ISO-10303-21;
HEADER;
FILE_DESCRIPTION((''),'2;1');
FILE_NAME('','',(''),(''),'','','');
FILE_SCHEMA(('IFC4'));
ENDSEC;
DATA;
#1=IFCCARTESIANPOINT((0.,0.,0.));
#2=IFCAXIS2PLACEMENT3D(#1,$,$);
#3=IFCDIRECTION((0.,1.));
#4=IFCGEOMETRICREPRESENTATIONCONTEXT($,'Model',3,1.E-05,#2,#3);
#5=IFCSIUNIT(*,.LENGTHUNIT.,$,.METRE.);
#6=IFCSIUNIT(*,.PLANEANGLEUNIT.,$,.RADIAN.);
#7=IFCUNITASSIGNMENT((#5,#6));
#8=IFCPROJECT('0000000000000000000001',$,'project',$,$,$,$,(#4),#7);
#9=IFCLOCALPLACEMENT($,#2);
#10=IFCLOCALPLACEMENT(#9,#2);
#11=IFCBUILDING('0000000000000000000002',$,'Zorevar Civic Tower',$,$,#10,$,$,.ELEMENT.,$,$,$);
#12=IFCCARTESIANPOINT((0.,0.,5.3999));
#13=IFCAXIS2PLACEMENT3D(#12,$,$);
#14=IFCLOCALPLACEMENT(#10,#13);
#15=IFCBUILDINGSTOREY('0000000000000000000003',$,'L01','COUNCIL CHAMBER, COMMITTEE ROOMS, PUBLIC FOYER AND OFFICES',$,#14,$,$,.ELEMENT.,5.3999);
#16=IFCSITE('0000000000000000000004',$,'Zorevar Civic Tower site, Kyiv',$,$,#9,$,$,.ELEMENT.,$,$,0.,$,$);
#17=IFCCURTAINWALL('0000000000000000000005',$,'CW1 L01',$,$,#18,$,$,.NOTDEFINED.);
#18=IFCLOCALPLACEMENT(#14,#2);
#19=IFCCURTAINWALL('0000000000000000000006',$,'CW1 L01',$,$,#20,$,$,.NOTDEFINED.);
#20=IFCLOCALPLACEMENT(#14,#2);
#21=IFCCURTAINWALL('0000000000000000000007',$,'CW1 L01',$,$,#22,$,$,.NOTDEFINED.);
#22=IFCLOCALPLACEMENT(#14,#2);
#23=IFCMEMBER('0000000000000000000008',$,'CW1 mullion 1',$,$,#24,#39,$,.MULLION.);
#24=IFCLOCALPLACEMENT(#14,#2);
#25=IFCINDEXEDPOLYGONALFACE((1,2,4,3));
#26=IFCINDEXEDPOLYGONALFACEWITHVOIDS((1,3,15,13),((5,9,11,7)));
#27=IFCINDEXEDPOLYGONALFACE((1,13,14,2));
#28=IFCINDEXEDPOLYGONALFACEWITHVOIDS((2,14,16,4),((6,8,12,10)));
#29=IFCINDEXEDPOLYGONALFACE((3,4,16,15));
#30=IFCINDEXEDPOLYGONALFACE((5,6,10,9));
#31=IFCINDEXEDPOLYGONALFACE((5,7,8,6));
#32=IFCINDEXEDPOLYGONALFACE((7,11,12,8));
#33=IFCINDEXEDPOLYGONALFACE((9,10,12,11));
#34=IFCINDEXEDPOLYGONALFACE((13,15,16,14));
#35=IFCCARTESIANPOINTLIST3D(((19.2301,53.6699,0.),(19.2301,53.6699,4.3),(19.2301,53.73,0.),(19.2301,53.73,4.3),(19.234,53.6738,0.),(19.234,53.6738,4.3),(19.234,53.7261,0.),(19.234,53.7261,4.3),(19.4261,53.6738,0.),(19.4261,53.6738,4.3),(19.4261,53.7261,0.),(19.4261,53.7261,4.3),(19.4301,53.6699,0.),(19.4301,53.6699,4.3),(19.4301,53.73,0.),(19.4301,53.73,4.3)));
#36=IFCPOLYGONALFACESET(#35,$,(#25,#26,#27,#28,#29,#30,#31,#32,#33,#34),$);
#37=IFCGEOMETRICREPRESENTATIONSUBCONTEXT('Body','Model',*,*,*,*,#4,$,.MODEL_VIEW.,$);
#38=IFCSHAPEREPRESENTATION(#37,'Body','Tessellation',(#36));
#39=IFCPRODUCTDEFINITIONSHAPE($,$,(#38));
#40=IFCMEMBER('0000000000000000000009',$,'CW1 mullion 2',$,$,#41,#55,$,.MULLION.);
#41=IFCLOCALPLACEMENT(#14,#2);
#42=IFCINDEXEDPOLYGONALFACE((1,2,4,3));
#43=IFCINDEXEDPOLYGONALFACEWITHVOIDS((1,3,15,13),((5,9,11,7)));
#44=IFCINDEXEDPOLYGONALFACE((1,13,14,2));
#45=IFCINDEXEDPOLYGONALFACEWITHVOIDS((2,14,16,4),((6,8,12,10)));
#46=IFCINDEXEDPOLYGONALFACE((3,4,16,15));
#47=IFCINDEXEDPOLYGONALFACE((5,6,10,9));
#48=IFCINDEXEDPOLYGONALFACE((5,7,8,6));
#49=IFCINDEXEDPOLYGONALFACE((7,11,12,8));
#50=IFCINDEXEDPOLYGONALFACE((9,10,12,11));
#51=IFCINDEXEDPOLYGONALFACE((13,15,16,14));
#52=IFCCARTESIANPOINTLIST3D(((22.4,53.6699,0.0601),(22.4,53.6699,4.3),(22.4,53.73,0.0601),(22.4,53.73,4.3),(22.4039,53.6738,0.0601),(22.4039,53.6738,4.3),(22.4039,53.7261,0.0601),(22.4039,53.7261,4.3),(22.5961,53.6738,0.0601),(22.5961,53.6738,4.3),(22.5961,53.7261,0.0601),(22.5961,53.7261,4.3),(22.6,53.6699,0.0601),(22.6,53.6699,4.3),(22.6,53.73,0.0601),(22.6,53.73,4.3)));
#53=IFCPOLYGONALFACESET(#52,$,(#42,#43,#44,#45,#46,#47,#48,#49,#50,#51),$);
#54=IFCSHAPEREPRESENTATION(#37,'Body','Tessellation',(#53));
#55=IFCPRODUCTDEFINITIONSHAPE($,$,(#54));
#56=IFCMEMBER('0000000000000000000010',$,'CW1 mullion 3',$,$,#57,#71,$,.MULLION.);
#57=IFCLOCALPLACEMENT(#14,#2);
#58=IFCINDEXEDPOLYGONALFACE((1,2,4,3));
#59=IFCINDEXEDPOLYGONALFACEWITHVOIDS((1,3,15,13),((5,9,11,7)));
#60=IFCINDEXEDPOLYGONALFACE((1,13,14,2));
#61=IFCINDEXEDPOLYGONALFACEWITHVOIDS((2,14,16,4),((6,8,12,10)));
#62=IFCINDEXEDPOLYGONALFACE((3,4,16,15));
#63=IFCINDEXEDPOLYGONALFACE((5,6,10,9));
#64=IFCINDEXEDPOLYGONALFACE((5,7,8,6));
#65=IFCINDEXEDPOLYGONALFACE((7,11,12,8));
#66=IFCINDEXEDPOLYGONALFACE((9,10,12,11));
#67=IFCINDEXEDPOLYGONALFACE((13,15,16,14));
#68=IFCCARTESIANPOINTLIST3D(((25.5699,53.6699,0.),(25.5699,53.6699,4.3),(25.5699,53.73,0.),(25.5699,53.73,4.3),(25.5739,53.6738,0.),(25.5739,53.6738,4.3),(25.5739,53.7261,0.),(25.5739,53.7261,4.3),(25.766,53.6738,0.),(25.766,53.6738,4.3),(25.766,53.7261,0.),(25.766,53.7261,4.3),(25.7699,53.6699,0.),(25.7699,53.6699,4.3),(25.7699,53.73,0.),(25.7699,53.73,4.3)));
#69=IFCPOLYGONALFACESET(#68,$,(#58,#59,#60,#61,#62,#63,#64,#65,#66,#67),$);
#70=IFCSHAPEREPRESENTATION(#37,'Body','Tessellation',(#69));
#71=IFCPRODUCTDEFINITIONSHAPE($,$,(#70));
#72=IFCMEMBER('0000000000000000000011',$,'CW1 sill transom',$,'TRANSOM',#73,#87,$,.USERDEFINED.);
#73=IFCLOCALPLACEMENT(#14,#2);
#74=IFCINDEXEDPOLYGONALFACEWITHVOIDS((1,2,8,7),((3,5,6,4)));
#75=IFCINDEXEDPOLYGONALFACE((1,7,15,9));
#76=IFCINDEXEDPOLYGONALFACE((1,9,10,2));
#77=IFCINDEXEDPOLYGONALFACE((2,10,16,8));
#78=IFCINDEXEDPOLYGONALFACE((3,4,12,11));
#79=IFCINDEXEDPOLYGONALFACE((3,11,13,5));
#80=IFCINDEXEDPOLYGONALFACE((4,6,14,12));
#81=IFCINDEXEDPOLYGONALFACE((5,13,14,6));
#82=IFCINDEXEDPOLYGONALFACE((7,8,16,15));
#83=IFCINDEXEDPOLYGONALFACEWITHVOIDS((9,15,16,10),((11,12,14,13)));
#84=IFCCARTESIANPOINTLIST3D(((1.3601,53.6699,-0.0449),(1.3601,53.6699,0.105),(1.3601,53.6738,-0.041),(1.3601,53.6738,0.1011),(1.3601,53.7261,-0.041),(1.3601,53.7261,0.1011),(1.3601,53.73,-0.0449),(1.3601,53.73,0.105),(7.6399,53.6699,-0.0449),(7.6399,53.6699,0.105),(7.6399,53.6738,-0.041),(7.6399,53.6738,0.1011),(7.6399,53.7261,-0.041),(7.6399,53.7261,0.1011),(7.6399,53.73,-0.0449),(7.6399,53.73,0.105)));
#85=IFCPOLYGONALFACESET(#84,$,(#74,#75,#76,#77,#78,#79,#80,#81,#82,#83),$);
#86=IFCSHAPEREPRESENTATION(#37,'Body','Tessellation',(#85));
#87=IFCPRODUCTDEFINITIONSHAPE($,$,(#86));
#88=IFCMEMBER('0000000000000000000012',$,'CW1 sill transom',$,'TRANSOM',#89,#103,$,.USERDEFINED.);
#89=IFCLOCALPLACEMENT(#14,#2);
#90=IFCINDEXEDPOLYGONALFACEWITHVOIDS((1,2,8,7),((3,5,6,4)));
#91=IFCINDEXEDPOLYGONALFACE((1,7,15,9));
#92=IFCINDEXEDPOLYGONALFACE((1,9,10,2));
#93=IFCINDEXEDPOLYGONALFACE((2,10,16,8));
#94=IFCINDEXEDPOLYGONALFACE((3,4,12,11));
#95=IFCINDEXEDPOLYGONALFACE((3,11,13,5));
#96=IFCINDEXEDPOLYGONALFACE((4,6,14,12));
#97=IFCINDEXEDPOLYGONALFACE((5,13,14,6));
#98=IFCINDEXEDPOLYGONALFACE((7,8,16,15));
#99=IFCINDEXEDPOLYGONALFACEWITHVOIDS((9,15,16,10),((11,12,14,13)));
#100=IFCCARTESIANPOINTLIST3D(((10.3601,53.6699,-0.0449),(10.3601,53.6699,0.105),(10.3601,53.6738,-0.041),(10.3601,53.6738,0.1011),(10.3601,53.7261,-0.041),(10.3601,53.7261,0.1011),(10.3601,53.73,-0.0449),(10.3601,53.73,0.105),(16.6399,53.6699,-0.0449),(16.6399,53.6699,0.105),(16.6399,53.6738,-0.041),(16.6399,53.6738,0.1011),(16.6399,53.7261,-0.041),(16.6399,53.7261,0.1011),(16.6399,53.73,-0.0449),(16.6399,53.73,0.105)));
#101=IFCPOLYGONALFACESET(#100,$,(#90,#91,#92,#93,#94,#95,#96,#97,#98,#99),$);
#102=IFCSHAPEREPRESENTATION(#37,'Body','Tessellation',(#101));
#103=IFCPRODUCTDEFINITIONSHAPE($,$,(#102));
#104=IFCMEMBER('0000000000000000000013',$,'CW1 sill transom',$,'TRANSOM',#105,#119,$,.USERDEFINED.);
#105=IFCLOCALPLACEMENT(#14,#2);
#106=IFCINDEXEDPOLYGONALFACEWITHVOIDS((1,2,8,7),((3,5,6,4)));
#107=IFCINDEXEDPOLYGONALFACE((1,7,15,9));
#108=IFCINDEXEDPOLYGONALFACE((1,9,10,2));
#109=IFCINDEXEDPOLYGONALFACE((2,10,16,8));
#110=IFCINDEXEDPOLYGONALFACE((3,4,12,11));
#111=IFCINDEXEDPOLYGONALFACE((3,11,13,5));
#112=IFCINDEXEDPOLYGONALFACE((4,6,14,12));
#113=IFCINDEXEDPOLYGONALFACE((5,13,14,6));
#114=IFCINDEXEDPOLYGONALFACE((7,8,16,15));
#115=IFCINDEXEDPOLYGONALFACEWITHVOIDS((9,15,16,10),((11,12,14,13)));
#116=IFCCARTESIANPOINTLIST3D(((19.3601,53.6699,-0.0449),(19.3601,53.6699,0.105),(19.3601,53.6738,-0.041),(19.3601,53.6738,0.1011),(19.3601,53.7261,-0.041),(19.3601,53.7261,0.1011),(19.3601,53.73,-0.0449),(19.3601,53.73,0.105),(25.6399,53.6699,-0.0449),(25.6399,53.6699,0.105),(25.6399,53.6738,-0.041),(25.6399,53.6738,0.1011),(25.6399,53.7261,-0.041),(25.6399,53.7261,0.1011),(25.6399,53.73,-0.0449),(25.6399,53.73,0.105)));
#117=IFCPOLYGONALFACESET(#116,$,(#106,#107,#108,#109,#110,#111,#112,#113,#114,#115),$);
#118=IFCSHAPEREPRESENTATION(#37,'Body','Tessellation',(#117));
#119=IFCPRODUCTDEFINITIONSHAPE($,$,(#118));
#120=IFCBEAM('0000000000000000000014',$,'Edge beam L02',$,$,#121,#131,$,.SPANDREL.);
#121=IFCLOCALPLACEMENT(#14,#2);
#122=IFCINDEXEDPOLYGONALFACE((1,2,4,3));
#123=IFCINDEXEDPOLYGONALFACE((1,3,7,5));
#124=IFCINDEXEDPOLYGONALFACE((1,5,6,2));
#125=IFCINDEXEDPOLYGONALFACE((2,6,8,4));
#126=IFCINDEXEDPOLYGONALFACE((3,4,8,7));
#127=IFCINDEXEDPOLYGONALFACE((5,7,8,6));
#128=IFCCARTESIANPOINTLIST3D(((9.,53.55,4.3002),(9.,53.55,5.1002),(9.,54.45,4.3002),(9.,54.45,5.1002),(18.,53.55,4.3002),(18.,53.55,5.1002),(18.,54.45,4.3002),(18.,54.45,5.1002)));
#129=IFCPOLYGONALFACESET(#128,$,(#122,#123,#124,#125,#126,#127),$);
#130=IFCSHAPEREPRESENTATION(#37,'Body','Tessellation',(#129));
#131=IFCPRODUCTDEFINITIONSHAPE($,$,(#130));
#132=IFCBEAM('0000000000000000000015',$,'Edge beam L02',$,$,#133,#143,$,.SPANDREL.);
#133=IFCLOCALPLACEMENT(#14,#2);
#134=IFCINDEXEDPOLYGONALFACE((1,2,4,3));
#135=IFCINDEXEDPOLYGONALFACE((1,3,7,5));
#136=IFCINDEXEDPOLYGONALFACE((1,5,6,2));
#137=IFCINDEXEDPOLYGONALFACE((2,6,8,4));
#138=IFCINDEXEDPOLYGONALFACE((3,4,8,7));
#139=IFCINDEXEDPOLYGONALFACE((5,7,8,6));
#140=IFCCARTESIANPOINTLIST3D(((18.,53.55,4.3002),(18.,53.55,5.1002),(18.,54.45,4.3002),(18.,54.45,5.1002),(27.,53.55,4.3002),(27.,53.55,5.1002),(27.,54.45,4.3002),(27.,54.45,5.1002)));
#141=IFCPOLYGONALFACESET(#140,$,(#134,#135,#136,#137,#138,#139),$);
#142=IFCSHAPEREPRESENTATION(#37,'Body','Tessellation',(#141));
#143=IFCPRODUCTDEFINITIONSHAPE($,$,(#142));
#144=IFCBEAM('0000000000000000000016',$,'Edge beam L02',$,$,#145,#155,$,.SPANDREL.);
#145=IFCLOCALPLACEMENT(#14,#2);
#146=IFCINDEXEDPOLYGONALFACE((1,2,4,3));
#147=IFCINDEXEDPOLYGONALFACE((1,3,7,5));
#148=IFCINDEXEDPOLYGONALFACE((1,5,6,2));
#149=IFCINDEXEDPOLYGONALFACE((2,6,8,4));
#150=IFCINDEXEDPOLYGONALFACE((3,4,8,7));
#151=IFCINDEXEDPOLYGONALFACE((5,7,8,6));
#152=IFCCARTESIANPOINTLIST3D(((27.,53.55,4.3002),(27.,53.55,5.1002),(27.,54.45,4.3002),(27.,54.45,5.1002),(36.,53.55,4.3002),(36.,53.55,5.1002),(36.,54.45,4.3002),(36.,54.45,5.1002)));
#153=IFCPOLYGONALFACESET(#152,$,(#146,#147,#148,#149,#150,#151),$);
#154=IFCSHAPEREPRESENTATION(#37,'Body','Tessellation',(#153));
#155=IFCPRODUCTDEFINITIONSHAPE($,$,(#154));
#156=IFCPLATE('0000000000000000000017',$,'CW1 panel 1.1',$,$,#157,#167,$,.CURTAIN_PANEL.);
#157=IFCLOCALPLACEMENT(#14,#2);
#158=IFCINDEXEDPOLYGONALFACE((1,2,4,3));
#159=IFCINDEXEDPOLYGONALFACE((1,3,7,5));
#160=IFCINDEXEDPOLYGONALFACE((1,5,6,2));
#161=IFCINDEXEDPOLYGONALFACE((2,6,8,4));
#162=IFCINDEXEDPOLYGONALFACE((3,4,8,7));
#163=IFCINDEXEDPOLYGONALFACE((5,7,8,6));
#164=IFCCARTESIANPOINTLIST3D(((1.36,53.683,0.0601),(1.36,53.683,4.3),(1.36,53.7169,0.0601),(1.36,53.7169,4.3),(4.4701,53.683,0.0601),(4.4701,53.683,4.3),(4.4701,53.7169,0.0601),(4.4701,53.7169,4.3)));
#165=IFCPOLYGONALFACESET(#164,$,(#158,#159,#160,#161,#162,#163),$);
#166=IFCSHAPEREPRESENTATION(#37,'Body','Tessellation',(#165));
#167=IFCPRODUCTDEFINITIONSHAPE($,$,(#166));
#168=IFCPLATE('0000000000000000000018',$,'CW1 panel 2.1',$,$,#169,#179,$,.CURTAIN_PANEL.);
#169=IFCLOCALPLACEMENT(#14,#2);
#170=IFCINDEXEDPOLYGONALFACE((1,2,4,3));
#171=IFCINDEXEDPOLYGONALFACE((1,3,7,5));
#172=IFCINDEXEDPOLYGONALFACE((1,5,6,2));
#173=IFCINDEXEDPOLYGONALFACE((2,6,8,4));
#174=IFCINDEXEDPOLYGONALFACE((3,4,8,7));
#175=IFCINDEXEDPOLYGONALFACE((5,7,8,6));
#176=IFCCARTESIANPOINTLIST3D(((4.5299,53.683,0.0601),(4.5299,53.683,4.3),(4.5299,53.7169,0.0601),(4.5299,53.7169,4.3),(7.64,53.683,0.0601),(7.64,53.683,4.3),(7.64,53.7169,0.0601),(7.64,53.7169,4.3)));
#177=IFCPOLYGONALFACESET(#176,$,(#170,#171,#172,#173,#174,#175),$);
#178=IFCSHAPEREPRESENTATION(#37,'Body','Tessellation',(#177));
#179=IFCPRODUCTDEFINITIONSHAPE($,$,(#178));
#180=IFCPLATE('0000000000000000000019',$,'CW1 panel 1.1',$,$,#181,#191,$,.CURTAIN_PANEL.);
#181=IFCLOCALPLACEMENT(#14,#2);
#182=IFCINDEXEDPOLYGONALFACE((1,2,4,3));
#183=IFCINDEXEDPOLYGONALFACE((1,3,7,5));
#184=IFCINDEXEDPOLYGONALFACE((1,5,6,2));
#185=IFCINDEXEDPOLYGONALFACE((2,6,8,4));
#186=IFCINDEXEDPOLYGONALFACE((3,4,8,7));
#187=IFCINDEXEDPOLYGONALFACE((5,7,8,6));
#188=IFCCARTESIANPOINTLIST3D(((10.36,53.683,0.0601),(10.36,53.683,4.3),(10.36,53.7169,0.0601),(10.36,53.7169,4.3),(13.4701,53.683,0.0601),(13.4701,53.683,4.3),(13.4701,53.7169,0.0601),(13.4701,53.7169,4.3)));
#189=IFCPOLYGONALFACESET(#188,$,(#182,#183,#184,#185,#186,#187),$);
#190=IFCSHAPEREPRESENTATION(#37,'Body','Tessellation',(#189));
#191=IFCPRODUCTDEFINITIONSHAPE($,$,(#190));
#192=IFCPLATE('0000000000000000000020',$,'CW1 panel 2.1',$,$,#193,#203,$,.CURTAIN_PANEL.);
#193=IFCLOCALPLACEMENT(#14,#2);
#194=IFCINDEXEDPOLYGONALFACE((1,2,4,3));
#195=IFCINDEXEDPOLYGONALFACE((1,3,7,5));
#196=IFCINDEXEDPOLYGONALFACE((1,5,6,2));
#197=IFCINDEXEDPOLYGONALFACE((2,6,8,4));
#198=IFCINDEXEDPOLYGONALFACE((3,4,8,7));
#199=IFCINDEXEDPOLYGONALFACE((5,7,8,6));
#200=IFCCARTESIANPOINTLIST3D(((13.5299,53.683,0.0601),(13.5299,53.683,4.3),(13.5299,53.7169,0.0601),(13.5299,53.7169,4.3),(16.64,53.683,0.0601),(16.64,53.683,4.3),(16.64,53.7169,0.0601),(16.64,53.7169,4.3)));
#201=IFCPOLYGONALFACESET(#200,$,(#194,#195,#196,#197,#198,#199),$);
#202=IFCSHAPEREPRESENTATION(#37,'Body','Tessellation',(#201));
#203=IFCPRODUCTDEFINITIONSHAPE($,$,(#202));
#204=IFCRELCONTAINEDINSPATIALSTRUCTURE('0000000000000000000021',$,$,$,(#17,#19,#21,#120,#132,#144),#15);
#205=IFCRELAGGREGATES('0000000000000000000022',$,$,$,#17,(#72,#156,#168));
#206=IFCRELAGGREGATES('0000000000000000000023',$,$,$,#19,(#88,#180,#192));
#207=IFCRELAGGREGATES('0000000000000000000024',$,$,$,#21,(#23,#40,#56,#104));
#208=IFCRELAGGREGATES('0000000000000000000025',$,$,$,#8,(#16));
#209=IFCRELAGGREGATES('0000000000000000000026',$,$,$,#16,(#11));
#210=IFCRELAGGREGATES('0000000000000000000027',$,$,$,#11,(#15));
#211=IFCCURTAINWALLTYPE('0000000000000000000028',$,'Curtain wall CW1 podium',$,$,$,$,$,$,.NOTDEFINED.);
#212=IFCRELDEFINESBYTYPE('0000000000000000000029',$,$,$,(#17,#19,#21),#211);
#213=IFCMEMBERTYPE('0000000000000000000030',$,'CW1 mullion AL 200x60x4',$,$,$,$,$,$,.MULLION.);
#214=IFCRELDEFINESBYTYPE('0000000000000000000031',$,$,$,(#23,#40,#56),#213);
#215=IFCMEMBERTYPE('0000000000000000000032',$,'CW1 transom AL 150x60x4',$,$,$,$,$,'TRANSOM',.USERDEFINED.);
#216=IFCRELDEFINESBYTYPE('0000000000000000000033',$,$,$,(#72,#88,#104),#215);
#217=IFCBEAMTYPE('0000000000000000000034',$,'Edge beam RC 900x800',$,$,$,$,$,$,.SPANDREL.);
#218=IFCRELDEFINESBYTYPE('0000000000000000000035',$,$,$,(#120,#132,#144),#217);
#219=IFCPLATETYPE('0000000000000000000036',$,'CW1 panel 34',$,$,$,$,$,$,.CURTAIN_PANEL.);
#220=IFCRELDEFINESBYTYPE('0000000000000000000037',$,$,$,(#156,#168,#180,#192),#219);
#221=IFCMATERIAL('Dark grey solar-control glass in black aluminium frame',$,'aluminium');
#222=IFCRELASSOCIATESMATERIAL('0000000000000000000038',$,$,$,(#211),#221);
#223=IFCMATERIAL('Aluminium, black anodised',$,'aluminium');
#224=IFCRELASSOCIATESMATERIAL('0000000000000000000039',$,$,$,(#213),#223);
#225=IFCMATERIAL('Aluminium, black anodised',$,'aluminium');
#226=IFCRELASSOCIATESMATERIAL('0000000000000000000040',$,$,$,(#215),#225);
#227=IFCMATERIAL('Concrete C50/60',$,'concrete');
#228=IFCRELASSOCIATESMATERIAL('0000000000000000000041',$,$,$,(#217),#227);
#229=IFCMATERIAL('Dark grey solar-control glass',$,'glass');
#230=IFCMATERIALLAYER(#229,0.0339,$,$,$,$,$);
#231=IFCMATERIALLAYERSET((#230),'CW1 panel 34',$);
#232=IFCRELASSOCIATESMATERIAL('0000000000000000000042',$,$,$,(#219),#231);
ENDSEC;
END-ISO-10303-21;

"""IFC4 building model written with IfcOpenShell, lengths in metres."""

from ifc_helpers import new_model, si_unit, direction, frame, origin, origin_2d, place, context, subcontext, project, spatial, rectangle, hollow_rectangle, extrude, material, layer, layer_set, material_profile, profile_set, type_object, element, aggregate, save


model = new_model("IFC4")

# Units and contexts
model_context = context("Model", 3, precision=1e-05, world=origin(), true_north=direction((0.0, 1.0)))
body_context = subcontext(model_context, "Body", "Model", "MODEL_VIEW")
ifc_project = project(units=[si_unit("LENGTHUNIT", "METRE"), si_unit("PLANEANGLEUNIT", "RADIAN")], contexts=[model_context])

# Site, building, storey
site_placement = place(None, origin())
site = spatial("IfcSite", under=ifc_project, at=site_placement, Name="Zorevar Civic Tower site, Kyiv", CompositionType="ELEMENT", RefElevation=0.0)
building_placement = place(site_placement, origin())
building = spatial("IfcBuilding", under=site, at=building_placement, Name="Zorevar Civic Tower", CompositionType="ELEMENT")
storey_placement = place(building_placement, frame((0.0, 0.0, 5.3999)))
storey = spatial("IfcBuildingStorey", under=building, at=storey_placement, Name="L01", Description="COUNCIL CHAMBER, COMMITTEE ROOMS, PUBLIC FOYER AND OFFICES", CompositionType="ELEMENT", Elevation=5.3999)

# Curtain walls, members
ifc_material_1 = material(Name="Dark grey solar-control glass in black aluminium frame", Category="aluminium")
curtain_wall_type = type_object("IfcCurtainWallType", Name="Curtain wall CW1 podium", PredefinedType="NOTDEFINED", material=ifc_material_1)
curtain_wall_1_placement = place(storey_placement, origin())
curtain_wall_1 = element("IfcCurtainWall", 1, at=curtain_wall_1_placement, inside=storey, type_object=curtain_wall_type, Name="CW1 L01", PredefinedType="NOTDEFINED")
ifc_material_2 = material(Name="Aluminium, black anodised", Category="aluminium")
ifc_material_profile_1 = material_profile(ifc_material_2, hollow_rectangle(XDim=0.0601, YDim=0.2, WallThickness=0.0039, at=origin_2d()), Name="AL 200x60x4")
ifc_profile_set_1 = profile_set([ifc_material_profile_1], Name="Aluminium, black anodised")
member_type_1 = type_object("IfcMemberType", Name="CW1 mullion AL 200x60x4", PredefinedType="MULLION", material=ifc_profile_set_1)
curtain_wall_2_placement = place(storey_placement, origin())
curtain_wall_2 = element("IfcCurtainWall", 2, at=curtain_wall_2_placement, inside=storey, type_object=curtain_wall_type, Name="CW1 L01", PredefinedType="NOTDEFINED")
curtain_wall_3_placement = place(storey_placement, origin())
curtain_wall_3 = element("IfcCurtainWall", 3, at=curtain_wall_3_placement, inside=storey, type_object=curtain_wall_type, Name="CW1 L01", PredefinedType="NOTDEFINED")
member_1_placement = place(storey_placement, frame((19.3301, 53.7, 0.0), z_axis=(0.0, 0.0, 1.0), x_axis=(0.0, 1.0, 0.0)))
member_1 = element("IfcMember", 4, at=member_1_placement, type_object=member_type_1, Name="CW1 mullion 1", PredefinedType="MULLION", context=body_context, shape_type="SweptSolid", body=[
    extrude(hollow_rectangle(XDim=0.0601, YDim=0.2, WallThickness=0.0039, at=origin_2d()), origin(), (0.0, 0.0, 1.0), 4.3),
])
member_2_placement = place(storey_placement, frame((22.5, 53.7, 0.0601), z_axis=(0.0, 0.0, 1.0), x_axis=(0.0, 1.0, 0.0)))
member_2 = element("IfcMember", 5, at=member_2_placement, type_object=member_type_1, Name="CW1 mullion 2", PredefinedType="MULLION", context=body_context, shape_type="SweptSolid", body=[
    extrude(hollow_rectangle(XDim=0.0601, YDim=0.2, WallThickness=0.0039, at=origin_2d()), origin(), (0.0, 0.0, 1.0), 4.24),
])
member_3_placement = place(storey_placement, frame((25.6699, 53.7, 0.0), z_axis=(0.0, 0.0, 1.0), x_axis=(0.0, 1.0, 0.0)))
member_3 = element("IfcMember", 6, at=member_3_placement, type_object=member_type_1, Name="CW1 mullion 3", PredefinedType="MULLION", context=body_context, shape_type="SweptSolid", body=[
    extrude(hollow_rectangle(XDim=0.0601, YDim=0.2, WallThickness=0.0039, at=origin_2d()), origin(), (0.0, 0.0, 1.0), 4.3),
])

# Members
ifc_material_3 = material(Name="Aluminium, black anodised", Category="aluminium")
ifc_material_profile_2 = material_profile(ifc_material_3, hollow_rectangle(XDim=0.0601, YDim=0.1499, WallThickness=0.0039, at=origin_2d()), Name="AL 150x60x4")
ifc_profile_set_2 = profile_set([ifc_material_profile_2], Name="Aluminium, black anodised")
member_type_2 = type_object("IfcMemberType", Name="CW1 transom AL 150x60x4", ElementType="TRANSOM", PredefinedType="USERDEFINED", material=ifc_profile_set_2)
member_4_placement = place(storey_placement, frame((1.3601, 53.7, 0.03), z_axis=(1.0, 0.0, 0.0), x_axis=(0.0, 1.0, 0.0)))
member_4 = element("IfcMember", 7, at=member_4_placement, type_object=member_type_2, Name="CW1 sill transom", ObjectType="TRANSOM", PredefinedType="USERDEFINED", context=body_context, shape_type="SweptSolid", body=[
    extrude(hollow_rectangle(XDim=0.0601, YDim=0.1499, WallThickness=0.0039, at=origin_2d()), origin(), (0.0, 0.0, 1.0), 6.2798),
])
member_5_placement = place(storey_placement, frame((10.3601, 53.7, 0.03), z_axis=(1.0, 0.0, 0.0), x_axis=(0.0, 1.0, 0.0)))
member_5 = element("IfcMember", 8, at=member_5_placement, type_object=member_type_2, Name="CW1 sill transom", ObjectType="TRANSOM", PredefinedType="USERDEFINED", context=body_context, shape_type="SweptSolid", body=[
    extrude(hollow_rectangle(XDim=0.0601, YDim=0.1499, WallThickness=0.0039, at=origin_2d()), origin(), (0.0, 0.0, 1.0), 6.2798),
])
member_6_placement = place(storey_placement, frame((19.3601, 53.7, 0.03), z_axis=(1.0, 0.0, 0.0), x_axis=(0.0, 1.0, 0.0)))
member_6 = element("IfcMember", 9, at=member_6_placement, type_object=member_type_2, Name="CW1 sill transom", ObjectType="TRANSOM", PredefinedType="USERDEFINED", context=body_context, shape_type="SweptSolid", body=[
    extrude(hollow_rectangle(XDim=0.0601, YDim=0.1499, WallThickness=0.0039, at=origin_2d()), origin(), (0.0, 0.0, 1.0), 6.2798),
])

# Beams
ifc_material_4 = material(Name="Concrete C50/60", Category="concrete")
ifc_material_profile_3 = material_profile(ifc_material_4, rectangle(XDim=0.8999, YDim=0.8, at=origin_2d()), Name="RC 900x800")
ifc_profile_set_3 = profile_set([ifc_material_profile_3], Name="Concrete C50/60")
beam_type_1 = type_object("IfcBeamType", Name="Edge beam RC 900x800", PredefinedType="SPANDREL", material=ifc_profile_set_3)
for number, where, z_axis, x_axis, name in (
    (10, (9.0, 54.0, 4.7002), (1.0, 0.0, 0.0), (0.0, 1.0, 0.0), "Edge beam L02"),
    (11, (18.0, 54.0, 4.7002), (1.0, 0.0, 0.0), (0.0, 1.0, 0.0), "Edge beam L02"),
    (12, (27.0, 54.0, 4.7002), (1.0, 0.0, 0.0), (0.0, 1.0, 0.0), "Edge beam L02"),
):
    element("IfcBeam", number, at=place(storey_placement, frame(where, z_axis=z_axis, x_axis=x_axis)), inside=storey, type_object=beam_type_1, Name=name, PredefinedType="SPANDREL", context=body_context, shape_type="SweptSolid", body=[
        extrude(rectangle(XDim=0.8999, YDim=0.8, at=origin_2d()), origin(), (0.0, 0.0, 1.0), 9.0),
    ])

# Plates
ifc_material_5 = material(Name="Dark grey solar-control glass", Category="glass")
ifc_layer_1 = layer(ifc_material_5, 0.0339)
ifc_layer_set_1 = layer_set([ifc_layer_1], Name="CW1 panel 34")
plate_type = type_object("IfcPlateType", Name="CW1 panel 34", PredefinedType="CURTAIN_PANEL", material=ifc_layer_set_1)
plate_1_placement = place(storey_placement, frame((2.915, 53.7, 0.0601), z_axis=(0.0, 0.0, 1.0), x_axis=(1.0, 0.0, 0.0)))
plate_1 = element("IfcPlate", 13, at=plate_1_placement, type_object=plate_type, Name="CW1 panel 1.1", PredefinedType="CURTAIN_PANEL", context=body_context, shape_type="SweptSolid", body=[
    extrude(rectangle(XDim=3.1101, YDim=0.0339, at=origin_2d()), origin(), (0.0, 0.0, 1.0), 4.24),
])
plate_2_placement = place(storey_placement, frame((6.085, 53.7, 0.0601), z_axis=(0.0, 0.0, 1.0), x_axis=(1.0, 0.0, 0.0)))
plate_2 = element("IfcPlate", 14, at=plate_2_placement, type_object=plate_type, Name="CW1 panel 2.1", PredefinedType="CURTAIN_PANEL", context=body_context, shape_type="SweptSolid", body=[
    extrude(rectangle(XDim=3.1101, YDim=0.0339, at=origin_2d()), origin(), (0.0, 0.0, 1.0), 4.24),
])
aggregate(curtain_wall_1, [member_4, plate_1, plate_2])
plate_3_placement = place(storey_placement, frame((11.915, 53.7, 0.0601), z_axis=(0.0, 0.0, 1.0), x_axis=(1.0, 0.0, 0.0)))
plate_3 = element("IfcPlate", 15, at=plate_3_placement, type_object=plate_type, Name="CW1 panel 1.1", PredefinedType="CURTAIN_PANEL", context=body_context, shape_type="SweptSolid", body=[
    extrude(rectangle(XDim=3.1101, YDim=0.0339, at=origin_2d()), origin(), (0.0, 0.0, 1.0), 4.24),
])
plate_4_placement = place(storey_placement, frame((15.085, 53.7, 0.0601), z_axis=(0.0, 0.0, 1.0), x_axis=(1.0, 0.0, 0.0)))
plate_4 = element("IfcPlate", 16, at=plate_4_placement, type_object=plate_type, Name="CW1 panel 2.1", PredefinedType="CURTAIN_PANEL", context=body_context, shape_type="SweptSolid", body=[
    extrude(rectangle(XDim=3.1101, YDim=0.0339, at=origin_2d()), origin(), (0.0, 0.0, 1.0), 4.24),
])
aggregate(curtain_wall_2, [member_5, plate_3, plate_4])
aggregate(curtain_wall_3, [member_1, member_2, member_3, member_6])

save(model, "model.ifc")
